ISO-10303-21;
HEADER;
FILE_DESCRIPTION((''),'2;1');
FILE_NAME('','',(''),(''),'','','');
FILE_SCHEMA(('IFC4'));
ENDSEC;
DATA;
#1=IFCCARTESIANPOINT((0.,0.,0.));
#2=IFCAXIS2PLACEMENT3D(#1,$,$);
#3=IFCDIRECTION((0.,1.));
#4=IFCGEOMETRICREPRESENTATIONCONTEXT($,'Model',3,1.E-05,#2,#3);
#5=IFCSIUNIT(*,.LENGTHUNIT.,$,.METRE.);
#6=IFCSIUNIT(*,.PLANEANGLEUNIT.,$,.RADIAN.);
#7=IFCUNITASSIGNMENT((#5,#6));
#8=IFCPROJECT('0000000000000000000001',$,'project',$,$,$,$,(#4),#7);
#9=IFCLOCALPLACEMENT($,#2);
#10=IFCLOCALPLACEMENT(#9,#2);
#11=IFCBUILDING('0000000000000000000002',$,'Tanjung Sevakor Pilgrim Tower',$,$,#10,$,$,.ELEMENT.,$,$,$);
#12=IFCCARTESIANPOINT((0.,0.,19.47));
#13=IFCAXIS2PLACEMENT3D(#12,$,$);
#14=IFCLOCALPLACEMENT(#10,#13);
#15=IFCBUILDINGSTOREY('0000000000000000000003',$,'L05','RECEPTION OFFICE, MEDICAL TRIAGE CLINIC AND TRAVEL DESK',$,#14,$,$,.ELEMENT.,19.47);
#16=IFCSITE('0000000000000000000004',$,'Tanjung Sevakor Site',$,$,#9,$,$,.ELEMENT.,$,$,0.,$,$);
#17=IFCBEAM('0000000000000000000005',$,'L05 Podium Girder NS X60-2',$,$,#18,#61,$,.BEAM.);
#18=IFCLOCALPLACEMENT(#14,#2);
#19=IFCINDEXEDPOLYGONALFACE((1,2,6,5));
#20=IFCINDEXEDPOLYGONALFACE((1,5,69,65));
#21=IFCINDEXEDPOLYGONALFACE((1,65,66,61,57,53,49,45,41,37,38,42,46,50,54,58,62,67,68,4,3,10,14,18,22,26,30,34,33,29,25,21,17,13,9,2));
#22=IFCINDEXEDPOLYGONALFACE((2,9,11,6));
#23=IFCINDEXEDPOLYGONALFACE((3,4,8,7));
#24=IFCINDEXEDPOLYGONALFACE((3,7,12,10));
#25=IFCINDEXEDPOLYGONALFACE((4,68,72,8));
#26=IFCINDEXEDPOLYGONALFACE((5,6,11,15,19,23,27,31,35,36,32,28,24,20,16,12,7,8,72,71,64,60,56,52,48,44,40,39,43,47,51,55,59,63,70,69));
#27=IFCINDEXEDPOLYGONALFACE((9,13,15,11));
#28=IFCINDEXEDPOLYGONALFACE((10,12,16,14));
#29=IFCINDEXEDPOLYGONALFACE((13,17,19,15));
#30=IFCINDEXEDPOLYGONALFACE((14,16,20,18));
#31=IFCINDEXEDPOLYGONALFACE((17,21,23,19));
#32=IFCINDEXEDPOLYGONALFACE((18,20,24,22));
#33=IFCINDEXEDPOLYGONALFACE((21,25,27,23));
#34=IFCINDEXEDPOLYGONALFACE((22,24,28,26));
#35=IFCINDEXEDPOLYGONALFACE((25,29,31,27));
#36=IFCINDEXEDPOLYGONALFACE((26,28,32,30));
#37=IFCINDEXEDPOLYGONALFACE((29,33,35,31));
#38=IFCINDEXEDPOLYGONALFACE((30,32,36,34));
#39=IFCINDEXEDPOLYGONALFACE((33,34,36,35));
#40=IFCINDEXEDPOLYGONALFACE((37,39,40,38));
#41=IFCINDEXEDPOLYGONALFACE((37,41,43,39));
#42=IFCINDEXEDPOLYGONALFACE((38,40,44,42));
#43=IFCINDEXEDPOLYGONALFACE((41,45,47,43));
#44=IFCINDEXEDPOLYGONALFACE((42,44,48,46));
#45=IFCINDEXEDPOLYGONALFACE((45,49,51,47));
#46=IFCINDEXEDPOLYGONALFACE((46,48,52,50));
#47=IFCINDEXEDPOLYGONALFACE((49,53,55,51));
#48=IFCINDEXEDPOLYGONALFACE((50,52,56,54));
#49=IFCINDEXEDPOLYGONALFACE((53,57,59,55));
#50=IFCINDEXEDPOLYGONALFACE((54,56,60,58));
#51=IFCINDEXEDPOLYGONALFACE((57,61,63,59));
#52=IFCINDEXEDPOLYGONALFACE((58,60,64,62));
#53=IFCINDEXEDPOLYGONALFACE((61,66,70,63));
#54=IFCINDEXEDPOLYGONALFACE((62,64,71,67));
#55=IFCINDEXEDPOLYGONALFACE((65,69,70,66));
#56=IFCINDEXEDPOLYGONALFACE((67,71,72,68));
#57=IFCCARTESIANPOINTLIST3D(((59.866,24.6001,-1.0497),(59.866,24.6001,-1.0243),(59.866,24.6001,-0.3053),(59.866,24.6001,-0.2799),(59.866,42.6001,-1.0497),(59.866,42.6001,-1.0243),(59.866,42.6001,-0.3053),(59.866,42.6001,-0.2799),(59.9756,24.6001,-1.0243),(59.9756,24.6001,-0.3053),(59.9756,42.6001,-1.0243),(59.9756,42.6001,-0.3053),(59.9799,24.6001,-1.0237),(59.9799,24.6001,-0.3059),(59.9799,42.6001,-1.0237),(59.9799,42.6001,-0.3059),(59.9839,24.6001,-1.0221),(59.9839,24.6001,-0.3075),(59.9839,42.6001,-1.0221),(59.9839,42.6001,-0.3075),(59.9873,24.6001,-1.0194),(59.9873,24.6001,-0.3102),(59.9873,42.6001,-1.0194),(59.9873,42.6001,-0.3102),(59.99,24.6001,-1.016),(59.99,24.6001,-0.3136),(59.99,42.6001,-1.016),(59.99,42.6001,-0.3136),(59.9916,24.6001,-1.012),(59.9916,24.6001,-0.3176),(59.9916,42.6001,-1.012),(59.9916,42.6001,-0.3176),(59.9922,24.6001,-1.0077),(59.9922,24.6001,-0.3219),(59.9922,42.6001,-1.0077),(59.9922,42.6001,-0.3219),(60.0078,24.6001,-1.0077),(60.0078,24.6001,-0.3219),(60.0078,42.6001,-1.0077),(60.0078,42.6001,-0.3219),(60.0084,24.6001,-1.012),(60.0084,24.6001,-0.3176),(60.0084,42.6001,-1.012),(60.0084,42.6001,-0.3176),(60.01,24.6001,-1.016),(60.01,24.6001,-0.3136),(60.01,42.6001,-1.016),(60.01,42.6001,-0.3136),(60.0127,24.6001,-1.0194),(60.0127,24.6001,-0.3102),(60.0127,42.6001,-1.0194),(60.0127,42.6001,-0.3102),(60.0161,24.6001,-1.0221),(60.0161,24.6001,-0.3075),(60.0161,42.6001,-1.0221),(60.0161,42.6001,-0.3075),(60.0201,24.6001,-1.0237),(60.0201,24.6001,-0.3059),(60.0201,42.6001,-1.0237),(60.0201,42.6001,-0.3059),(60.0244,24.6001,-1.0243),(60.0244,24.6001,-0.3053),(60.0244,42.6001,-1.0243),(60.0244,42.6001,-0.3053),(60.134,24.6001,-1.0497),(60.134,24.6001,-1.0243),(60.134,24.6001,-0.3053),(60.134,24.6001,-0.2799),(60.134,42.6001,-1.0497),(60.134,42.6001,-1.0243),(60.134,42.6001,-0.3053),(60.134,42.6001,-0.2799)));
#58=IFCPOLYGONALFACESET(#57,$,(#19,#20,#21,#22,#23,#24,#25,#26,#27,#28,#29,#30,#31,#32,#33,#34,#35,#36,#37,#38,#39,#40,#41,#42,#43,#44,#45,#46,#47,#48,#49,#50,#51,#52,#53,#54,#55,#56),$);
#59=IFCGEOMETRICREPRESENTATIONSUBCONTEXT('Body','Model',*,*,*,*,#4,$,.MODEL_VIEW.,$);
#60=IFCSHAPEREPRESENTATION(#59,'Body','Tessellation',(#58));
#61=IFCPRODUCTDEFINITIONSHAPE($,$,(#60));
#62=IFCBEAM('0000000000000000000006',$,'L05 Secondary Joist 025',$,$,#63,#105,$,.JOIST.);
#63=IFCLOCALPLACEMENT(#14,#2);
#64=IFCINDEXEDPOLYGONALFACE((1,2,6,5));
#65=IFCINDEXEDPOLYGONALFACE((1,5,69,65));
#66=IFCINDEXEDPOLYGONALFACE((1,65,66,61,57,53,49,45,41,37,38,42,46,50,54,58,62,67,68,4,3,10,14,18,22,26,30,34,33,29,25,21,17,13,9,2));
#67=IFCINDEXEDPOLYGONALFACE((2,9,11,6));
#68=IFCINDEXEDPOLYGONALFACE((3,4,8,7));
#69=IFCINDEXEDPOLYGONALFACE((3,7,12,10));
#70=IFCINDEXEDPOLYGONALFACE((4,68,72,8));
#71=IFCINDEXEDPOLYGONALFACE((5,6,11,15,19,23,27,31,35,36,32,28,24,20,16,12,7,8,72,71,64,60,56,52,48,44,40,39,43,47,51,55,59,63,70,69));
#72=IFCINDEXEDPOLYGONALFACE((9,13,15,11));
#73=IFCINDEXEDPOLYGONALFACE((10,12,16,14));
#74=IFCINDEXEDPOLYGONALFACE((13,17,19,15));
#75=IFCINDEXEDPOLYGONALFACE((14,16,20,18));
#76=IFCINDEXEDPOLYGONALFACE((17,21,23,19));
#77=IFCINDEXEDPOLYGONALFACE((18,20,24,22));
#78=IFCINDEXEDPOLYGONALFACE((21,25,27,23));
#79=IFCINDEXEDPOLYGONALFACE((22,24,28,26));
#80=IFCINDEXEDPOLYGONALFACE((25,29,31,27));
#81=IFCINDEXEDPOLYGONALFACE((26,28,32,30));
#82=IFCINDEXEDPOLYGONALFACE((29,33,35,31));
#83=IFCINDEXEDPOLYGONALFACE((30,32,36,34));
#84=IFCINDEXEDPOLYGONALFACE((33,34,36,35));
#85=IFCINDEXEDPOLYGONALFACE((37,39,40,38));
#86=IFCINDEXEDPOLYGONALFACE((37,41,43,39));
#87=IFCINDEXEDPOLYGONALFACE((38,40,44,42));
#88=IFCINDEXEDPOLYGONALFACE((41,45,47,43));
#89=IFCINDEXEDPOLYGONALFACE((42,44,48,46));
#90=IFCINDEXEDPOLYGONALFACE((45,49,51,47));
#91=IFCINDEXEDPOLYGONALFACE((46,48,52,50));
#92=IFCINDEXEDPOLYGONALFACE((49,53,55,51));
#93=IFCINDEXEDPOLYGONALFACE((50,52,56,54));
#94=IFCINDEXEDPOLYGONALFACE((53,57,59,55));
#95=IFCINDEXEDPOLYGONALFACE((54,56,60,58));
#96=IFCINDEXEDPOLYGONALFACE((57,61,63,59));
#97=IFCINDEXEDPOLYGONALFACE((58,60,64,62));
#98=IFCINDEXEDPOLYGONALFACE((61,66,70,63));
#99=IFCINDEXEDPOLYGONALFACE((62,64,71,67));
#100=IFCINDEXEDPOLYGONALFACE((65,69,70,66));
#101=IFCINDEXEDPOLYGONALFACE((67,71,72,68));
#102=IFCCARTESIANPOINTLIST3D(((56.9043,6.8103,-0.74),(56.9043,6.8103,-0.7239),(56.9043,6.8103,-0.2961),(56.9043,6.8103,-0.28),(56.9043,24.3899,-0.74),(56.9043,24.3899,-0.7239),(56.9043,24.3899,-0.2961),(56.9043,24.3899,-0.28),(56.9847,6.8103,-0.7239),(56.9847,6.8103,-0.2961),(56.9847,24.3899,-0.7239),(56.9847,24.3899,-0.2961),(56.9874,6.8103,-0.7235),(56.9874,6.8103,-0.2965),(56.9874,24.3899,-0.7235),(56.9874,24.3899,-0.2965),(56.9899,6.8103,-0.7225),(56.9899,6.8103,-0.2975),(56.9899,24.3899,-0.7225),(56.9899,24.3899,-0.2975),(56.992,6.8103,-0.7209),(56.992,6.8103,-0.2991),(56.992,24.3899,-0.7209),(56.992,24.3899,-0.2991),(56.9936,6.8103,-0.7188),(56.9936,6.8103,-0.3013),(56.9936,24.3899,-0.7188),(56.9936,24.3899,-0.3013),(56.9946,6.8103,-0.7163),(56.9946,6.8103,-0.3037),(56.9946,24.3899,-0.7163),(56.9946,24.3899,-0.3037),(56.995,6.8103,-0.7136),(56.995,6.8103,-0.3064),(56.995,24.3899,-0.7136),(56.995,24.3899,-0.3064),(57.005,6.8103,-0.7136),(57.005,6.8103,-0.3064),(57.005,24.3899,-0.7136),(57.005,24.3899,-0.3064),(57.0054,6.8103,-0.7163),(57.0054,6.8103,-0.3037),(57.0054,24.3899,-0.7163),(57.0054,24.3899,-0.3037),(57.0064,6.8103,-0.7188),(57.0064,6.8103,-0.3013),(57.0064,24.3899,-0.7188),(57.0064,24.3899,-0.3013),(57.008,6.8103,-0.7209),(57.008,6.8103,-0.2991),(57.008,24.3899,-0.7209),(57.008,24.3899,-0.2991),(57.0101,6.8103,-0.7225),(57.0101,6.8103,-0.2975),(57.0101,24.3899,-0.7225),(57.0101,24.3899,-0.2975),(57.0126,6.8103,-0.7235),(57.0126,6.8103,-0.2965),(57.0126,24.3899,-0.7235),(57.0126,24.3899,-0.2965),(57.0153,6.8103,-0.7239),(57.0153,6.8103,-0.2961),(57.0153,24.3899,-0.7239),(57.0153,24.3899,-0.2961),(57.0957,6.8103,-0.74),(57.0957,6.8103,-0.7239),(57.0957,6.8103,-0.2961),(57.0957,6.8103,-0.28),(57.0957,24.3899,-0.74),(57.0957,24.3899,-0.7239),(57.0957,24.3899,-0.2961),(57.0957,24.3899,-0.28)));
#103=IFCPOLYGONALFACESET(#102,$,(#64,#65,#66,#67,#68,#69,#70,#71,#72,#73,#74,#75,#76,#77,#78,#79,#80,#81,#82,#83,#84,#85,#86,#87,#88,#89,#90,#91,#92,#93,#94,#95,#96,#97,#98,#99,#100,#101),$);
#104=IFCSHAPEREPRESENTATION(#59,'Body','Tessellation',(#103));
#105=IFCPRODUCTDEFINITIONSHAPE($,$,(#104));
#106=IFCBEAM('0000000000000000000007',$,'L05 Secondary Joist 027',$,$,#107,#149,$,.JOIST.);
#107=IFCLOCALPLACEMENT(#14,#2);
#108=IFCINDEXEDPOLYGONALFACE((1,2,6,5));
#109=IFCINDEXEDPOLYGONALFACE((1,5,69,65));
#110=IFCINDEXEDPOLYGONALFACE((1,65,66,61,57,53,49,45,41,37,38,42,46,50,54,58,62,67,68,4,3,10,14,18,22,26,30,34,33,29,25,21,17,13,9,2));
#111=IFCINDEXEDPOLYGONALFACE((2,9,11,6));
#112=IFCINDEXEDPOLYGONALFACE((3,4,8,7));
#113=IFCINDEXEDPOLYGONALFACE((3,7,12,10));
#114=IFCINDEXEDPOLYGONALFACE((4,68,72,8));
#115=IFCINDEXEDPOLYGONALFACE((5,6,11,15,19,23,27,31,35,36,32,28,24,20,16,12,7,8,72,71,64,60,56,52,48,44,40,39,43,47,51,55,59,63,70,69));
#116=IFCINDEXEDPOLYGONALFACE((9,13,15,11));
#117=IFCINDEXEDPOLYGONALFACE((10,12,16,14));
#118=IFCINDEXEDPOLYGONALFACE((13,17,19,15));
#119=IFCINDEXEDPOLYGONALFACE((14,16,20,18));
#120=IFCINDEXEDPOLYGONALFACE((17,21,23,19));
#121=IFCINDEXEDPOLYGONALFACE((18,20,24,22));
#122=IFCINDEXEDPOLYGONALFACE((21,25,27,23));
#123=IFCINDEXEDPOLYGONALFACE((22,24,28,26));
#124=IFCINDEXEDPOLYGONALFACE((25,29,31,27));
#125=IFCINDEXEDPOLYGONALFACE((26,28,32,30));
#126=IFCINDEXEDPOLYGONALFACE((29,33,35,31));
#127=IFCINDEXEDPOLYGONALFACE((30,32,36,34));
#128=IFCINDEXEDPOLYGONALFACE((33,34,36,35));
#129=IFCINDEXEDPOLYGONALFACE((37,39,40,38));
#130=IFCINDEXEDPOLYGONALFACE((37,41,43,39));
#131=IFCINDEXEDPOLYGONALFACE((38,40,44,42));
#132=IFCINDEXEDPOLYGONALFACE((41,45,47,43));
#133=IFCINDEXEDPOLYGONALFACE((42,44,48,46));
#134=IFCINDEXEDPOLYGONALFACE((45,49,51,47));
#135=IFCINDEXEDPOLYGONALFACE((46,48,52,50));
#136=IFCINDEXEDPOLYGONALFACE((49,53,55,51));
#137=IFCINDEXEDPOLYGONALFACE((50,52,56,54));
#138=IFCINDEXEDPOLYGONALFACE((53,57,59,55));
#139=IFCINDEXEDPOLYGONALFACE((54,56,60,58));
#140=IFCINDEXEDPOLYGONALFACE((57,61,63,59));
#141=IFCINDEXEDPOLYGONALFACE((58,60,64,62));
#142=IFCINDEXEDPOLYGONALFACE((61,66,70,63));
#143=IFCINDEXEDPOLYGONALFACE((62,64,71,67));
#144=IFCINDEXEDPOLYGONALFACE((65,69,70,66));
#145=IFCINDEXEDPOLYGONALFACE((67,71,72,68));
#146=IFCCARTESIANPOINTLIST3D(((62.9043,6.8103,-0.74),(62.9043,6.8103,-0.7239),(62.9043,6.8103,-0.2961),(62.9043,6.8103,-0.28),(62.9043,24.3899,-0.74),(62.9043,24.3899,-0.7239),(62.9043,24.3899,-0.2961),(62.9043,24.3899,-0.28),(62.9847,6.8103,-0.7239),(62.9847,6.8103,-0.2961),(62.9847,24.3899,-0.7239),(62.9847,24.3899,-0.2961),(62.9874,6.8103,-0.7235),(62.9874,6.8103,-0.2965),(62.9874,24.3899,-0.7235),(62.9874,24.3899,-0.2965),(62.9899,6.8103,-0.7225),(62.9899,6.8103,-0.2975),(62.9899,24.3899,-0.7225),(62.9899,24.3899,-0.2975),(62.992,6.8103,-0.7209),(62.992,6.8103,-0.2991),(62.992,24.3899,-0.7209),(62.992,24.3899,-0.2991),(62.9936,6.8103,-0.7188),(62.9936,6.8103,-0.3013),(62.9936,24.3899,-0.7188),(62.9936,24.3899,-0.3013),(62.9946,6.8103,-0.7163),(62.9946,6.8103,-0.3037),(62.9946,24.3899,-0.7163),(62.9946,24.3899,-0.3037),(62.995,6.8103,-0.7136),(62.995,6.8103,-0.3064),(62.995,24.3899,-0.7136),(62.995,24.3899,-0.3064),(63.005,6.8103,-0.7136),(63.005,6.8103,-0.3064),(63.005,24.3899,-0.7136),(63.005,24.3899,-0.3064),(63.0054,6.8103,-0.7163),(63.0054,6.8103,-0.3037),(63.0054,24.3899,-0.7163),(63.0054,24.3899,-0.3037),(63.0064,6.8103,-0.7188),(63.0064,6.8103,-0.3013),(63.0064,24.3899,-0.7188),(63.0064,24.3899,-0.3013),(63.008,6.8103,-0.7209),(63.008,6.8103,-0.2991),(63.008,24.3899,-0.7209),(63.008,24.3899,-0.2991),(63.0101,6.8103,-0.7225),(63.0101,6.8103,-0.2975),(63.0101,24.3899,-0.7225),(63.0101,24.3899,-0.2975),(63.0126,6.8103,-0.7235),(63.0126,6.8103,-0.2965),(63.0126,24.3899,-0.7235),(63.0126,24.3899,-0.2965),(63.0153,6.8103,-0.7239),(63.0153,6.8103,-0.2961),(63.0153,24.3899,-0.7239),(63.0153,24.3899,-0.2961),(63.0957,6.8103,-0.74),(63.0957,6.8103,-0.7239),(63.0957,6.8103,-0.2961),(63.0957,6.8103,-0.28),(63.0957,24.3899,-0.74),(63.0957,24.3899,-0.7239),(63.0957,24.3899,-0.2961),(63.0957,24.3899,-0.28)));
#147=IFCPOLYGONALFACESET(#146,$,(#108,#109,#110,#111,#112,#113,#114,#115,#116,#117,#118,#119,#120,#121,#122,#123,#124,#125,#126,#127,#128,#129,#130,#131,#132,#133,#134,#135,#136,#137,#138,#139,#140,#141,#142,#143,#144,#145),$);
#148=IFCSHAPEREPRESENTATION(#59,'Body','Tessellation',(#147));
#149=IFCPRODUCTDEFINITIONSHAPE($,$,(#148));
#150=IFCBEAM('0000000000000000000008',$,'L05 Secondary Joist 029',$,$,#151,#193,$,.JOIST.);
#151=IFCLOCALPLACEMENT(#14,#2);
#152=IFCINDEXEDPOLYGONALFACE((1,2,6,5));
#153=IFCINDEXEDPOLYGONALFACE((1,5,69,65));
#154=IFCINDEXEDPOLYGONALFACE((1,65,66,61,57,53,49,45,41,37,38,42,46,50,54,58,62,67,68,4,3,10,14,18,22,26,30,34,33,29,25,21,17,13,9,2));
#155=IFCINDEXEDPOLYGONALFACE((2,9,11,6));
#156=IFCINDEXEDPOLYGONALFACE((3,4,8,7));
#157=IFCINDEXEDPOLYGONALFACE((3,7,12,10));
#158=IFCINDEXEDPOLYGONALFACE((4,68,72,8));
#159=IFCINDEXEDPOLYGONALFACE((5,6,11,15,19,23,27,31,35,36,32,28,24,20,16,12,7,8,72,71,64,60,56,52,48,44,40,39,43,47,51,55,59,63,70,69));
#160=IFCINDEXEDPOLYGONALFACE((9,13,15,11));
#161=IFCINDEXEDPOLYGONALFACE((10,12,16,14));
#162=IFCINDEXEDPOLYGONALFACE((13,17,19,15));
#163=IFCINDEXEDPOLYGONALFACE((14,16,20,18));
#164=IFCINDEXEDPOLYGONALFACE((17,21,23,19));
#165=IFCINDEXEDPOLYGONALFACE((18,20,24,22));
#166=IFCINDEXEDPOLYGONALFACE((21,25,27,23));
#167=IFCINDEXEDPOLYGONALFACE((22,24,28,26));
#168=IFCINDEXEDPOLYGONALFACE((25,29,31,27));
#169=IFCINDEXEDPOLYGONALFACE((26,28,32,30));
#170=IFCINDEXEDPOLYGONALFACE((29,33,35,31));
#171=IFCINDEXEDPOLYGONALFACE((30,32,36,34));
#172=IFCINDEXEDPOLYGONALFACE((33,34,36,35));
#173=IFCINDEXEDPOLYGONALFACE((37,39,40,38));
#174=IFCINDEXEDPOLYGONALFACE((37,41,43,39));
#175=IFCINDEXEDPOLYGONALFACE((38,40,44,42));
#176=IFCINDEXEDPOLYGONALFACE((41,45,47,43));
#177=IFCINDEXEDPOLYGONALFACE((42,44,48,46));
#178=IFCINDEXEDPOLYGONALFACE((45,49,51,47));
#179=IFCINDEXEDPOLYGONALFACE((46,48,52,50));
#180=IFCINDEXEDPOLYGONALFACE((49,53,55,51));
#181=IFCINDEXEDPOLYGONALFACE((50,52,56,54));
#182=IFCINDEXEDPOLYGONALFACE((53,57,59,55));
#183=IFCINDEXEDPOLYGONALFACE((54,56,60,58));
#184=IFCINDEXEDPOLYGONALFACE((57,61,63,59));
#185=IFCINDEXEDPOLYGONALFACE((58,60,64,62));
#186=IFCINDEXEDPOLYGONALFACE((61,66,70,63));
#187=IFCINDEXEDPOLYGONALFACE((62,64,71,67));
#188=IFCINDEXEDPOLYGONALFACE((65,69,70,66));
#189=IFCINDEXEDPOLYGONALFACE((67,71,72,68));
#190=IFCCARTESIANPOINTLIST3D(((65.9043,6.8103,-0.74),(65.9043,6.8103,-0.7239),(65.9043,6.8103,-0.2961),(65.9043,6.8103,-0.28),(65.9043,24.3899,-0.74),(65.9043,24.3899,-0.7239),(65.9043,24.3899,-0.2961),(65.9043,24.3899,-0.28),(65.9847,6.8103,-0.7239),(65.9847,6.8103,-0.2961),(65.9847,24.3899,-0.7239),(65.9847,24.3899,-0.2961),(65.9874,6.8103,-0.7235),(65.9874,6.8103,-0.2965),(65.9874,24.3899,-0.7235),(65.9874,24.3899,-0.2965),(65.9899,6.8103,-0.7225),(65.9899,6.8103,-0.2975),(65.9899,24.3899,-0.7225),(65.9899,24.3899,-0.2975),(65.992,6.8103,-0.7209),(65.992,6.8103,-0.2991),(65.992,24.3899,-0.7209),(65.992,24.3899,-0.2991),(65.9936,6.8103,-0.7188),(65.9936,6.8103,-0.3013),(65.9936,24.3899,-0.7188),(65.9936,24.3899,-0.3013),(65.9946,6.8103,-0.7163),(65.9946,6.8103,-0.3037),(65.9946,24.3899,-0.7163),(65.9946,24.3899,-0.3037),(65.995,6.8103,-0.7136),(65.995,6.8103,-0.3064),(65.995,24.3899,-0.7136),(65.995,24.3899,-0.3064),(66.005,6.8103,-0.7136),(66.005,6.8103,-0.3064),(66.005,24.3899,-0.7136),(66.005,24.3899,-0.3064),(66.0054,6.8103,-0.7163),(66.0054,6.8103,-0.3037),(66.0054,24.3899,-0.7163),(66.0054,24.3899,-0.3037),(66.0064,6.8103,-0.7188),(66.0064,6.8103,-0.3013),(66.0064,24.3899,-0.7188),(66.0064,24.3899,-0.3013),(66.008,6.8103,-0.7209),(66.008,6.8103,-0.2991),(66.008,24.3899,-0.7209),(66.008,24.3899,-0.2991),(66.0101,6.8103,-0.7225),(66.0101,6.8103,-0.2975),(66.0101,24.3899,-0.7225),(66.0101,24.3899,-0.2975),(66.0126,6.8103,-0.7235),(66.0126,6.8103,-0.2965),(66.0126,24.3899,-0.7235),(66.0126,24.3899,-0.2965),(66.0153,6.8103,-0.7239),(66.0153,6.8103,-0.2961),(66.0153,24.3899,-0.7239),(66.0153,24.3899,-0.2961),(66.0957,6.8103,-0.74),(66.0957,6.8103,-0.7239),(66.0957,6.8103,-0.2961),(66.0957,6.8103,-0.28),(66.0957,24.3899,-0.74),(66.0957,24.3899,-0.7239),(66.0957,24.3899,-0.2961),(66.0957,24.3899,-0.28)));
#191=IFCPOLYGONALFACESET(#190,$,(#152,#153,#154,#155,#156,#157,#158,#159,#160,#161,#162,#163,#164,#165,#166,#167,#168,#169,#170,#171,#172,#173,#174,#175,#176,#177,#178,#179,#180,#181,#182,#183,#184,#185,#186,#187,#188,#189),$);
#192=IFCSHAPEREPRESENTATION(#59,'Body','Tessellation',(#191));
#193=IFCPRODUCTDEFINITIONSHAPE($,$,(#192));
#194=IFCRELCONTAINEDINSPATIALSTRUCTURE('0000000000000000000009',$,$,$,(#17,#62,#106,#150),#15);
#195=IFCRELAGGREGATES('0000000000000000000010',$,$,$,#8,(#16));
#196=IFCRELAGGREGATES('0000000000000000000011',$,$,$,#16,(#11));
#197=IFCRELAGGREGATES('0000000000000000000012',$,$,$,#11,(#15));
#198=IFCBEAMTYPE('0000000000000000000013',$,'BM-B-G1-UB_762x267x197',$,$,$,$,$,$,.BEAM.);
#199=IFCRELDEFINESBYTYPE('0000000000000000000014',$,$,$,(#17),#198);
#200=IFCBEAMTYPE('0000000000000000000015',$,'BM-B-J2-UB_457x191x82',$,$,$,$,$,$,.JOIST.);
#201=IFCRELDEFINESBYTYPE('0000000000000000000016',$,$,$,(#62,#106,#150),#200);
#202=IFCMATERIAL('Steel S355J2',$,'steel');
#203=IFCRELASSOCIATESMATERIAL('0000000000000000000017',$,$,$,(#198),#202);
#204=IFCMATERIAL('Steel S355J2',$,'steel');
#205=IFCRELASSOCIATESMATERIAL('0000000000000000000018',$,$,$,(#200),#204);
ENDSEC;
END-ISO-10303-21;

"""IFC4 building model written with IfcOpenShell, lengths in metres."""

from ifc_helpers import new_model, si_unit, direction, frame, origin, origin_2d, place, context, subcontext, project, spatial, i_section, extrude, material, material_profile, profile_set, type_object, element, save


model = new_model("IFC4")

# Units and contexts
model_context = context("Model", 3, precision=1e-05, world=origin(), true_north=direction((0.0, 1.0)))
body_context = subcontext(model_context, "Body", "Model", "MODEL_VIEW")
ifc_project = project(units=[si_unit("LENGTHUNIT", "METRE"), si_unit("PLANEANGLEUNIT", "RADIAN")], contexts=[model_context])

# Site, building, storey
site_placement = place(None, origin())
site = spatial("IfcSite", under=ifc_project, at=site_placement, Name="Tanjung Sevakor Site", CompositionType="ELEMENT", RefElevation=0.0)
building_placement = place(site_placement, origin())
building = spatial("IfcBuilding", under=site, at=building_placement, Name="Tanjung Sevakor Pilgrim Tower", CompositionType="ELEMENT")
storey_placement = place(building_placement, frame((0.0, 0.0, 19.47)))
storey = spatial("IfcBuildingStorey", under=building, at=storey_placement, Name="L05", Description="RECEPTION OFFICE, MEDICAL TRIAGE CLINIC AND TRAVEL DESK", CompositionType="ELEMENT", Elevation=19.47)

# Beams
ifc_material_1 = material(Name="Steel S355J2", Category="steel")
ifc_material_profile_1 = material_profile(ifc_material_1, i_section(OverallWidth=0.2681, OverallDepth=0.7698, WebThickness=0.0156, FlangeThickness=0.0254, FilletRadius=0.0166, at=origin_2d()))
ifc_profile_set_1 = profile_set([ifc_material_profile_1], Name="Steel S355J2")
beam_type_1 = type_object("IfcBeamType", Name="BM-B-G1-UB_762x267x197", PredefinedType="BEAM", material=ifc_profile_set_1)
for number, where, z_axis, x_axis, name in (
    (1, (60.0, 24.6001, -0.6648), (0.0, 1.0, 0.0), (-1.0, 0.0, 0.0), "L05 Podium Girder NS X60-2"),
):
    element("IfcBeam", number, at=place(storey_placement, frame(where, z_axis=z_axis, x_axis=x_axis)), inside=storey, type_object=beam_type_1, Name=name, PredefinedType="BEAM", context=body_context, shape_type="SweptSolid", body=[
        extrude(i_section(OverallWidth=0.2681, OverallDepth=0.7698, WebThickness=0.0156, FlangeThickness=0.0254, FilletRadius=0.0166, at=origin_2d()), origin(), (0.0, 0.0, 1.0), 18.0),
    ])
ifc_material_2 = material(Name="Steel S355J2", Category="steel")
ifc_material_profile_2 = material_profile(ifc_material_2, i_section(OverallWidth=0.1914, OverallDepth=0.46, WebThickness=0.01, FlangeThickness=0.0161, FilletRadius=0.0103, at=origin_2d()))
ifc_profile_set_2 = profile_set([ifc_material_profile_2], Name="Steel S355J2")
beam_type_2 = type_object("IfcBeamType", Name="BM-B-J2-UB_457x191x82", PredefinedType="JOIST", material=ifc_profile_set_2)
for number, where, z_axis, x_axis, name in (
    (2, (57.0, 6.8103, -0.51), (0.0, 1.0, 0.0), (-1.0, 0.0, 0.0), "L05 Secondary Joist 025"),
    (3, (63.0, 6.8103, -0.51), (0.0, 1.0, 0.0), (-1.0, 0.0, 0.0), "L05 Secondary Joist 027"),
    (4, (66.0, 6.8103, -0.51), (0.0, 1.0, 0.0), (-1.0, 0.0, 0.0), "L05 Secondary Joist 029"),
):
    element("IfcBeam", number, at=place(storey_placement, frame(where, z_axis=z_axis, x_axis=x_axis)), inside=storey, type_object=beam_type_2, Name=name, PredefinedType="JOIST", context=body_context, shape_type="SweptSolid", body=[
        extrude(i_section(OverallWidth=0.1914, OverallDepth=0.46, WebThickness=0.01, FlangeThickness=0.0161, FilletRadius=0.0103, at=origin_2d()), origin(), (0.0, 0.0, 1.0), 17.5796),
    ])

save(model, "model.ifc")
